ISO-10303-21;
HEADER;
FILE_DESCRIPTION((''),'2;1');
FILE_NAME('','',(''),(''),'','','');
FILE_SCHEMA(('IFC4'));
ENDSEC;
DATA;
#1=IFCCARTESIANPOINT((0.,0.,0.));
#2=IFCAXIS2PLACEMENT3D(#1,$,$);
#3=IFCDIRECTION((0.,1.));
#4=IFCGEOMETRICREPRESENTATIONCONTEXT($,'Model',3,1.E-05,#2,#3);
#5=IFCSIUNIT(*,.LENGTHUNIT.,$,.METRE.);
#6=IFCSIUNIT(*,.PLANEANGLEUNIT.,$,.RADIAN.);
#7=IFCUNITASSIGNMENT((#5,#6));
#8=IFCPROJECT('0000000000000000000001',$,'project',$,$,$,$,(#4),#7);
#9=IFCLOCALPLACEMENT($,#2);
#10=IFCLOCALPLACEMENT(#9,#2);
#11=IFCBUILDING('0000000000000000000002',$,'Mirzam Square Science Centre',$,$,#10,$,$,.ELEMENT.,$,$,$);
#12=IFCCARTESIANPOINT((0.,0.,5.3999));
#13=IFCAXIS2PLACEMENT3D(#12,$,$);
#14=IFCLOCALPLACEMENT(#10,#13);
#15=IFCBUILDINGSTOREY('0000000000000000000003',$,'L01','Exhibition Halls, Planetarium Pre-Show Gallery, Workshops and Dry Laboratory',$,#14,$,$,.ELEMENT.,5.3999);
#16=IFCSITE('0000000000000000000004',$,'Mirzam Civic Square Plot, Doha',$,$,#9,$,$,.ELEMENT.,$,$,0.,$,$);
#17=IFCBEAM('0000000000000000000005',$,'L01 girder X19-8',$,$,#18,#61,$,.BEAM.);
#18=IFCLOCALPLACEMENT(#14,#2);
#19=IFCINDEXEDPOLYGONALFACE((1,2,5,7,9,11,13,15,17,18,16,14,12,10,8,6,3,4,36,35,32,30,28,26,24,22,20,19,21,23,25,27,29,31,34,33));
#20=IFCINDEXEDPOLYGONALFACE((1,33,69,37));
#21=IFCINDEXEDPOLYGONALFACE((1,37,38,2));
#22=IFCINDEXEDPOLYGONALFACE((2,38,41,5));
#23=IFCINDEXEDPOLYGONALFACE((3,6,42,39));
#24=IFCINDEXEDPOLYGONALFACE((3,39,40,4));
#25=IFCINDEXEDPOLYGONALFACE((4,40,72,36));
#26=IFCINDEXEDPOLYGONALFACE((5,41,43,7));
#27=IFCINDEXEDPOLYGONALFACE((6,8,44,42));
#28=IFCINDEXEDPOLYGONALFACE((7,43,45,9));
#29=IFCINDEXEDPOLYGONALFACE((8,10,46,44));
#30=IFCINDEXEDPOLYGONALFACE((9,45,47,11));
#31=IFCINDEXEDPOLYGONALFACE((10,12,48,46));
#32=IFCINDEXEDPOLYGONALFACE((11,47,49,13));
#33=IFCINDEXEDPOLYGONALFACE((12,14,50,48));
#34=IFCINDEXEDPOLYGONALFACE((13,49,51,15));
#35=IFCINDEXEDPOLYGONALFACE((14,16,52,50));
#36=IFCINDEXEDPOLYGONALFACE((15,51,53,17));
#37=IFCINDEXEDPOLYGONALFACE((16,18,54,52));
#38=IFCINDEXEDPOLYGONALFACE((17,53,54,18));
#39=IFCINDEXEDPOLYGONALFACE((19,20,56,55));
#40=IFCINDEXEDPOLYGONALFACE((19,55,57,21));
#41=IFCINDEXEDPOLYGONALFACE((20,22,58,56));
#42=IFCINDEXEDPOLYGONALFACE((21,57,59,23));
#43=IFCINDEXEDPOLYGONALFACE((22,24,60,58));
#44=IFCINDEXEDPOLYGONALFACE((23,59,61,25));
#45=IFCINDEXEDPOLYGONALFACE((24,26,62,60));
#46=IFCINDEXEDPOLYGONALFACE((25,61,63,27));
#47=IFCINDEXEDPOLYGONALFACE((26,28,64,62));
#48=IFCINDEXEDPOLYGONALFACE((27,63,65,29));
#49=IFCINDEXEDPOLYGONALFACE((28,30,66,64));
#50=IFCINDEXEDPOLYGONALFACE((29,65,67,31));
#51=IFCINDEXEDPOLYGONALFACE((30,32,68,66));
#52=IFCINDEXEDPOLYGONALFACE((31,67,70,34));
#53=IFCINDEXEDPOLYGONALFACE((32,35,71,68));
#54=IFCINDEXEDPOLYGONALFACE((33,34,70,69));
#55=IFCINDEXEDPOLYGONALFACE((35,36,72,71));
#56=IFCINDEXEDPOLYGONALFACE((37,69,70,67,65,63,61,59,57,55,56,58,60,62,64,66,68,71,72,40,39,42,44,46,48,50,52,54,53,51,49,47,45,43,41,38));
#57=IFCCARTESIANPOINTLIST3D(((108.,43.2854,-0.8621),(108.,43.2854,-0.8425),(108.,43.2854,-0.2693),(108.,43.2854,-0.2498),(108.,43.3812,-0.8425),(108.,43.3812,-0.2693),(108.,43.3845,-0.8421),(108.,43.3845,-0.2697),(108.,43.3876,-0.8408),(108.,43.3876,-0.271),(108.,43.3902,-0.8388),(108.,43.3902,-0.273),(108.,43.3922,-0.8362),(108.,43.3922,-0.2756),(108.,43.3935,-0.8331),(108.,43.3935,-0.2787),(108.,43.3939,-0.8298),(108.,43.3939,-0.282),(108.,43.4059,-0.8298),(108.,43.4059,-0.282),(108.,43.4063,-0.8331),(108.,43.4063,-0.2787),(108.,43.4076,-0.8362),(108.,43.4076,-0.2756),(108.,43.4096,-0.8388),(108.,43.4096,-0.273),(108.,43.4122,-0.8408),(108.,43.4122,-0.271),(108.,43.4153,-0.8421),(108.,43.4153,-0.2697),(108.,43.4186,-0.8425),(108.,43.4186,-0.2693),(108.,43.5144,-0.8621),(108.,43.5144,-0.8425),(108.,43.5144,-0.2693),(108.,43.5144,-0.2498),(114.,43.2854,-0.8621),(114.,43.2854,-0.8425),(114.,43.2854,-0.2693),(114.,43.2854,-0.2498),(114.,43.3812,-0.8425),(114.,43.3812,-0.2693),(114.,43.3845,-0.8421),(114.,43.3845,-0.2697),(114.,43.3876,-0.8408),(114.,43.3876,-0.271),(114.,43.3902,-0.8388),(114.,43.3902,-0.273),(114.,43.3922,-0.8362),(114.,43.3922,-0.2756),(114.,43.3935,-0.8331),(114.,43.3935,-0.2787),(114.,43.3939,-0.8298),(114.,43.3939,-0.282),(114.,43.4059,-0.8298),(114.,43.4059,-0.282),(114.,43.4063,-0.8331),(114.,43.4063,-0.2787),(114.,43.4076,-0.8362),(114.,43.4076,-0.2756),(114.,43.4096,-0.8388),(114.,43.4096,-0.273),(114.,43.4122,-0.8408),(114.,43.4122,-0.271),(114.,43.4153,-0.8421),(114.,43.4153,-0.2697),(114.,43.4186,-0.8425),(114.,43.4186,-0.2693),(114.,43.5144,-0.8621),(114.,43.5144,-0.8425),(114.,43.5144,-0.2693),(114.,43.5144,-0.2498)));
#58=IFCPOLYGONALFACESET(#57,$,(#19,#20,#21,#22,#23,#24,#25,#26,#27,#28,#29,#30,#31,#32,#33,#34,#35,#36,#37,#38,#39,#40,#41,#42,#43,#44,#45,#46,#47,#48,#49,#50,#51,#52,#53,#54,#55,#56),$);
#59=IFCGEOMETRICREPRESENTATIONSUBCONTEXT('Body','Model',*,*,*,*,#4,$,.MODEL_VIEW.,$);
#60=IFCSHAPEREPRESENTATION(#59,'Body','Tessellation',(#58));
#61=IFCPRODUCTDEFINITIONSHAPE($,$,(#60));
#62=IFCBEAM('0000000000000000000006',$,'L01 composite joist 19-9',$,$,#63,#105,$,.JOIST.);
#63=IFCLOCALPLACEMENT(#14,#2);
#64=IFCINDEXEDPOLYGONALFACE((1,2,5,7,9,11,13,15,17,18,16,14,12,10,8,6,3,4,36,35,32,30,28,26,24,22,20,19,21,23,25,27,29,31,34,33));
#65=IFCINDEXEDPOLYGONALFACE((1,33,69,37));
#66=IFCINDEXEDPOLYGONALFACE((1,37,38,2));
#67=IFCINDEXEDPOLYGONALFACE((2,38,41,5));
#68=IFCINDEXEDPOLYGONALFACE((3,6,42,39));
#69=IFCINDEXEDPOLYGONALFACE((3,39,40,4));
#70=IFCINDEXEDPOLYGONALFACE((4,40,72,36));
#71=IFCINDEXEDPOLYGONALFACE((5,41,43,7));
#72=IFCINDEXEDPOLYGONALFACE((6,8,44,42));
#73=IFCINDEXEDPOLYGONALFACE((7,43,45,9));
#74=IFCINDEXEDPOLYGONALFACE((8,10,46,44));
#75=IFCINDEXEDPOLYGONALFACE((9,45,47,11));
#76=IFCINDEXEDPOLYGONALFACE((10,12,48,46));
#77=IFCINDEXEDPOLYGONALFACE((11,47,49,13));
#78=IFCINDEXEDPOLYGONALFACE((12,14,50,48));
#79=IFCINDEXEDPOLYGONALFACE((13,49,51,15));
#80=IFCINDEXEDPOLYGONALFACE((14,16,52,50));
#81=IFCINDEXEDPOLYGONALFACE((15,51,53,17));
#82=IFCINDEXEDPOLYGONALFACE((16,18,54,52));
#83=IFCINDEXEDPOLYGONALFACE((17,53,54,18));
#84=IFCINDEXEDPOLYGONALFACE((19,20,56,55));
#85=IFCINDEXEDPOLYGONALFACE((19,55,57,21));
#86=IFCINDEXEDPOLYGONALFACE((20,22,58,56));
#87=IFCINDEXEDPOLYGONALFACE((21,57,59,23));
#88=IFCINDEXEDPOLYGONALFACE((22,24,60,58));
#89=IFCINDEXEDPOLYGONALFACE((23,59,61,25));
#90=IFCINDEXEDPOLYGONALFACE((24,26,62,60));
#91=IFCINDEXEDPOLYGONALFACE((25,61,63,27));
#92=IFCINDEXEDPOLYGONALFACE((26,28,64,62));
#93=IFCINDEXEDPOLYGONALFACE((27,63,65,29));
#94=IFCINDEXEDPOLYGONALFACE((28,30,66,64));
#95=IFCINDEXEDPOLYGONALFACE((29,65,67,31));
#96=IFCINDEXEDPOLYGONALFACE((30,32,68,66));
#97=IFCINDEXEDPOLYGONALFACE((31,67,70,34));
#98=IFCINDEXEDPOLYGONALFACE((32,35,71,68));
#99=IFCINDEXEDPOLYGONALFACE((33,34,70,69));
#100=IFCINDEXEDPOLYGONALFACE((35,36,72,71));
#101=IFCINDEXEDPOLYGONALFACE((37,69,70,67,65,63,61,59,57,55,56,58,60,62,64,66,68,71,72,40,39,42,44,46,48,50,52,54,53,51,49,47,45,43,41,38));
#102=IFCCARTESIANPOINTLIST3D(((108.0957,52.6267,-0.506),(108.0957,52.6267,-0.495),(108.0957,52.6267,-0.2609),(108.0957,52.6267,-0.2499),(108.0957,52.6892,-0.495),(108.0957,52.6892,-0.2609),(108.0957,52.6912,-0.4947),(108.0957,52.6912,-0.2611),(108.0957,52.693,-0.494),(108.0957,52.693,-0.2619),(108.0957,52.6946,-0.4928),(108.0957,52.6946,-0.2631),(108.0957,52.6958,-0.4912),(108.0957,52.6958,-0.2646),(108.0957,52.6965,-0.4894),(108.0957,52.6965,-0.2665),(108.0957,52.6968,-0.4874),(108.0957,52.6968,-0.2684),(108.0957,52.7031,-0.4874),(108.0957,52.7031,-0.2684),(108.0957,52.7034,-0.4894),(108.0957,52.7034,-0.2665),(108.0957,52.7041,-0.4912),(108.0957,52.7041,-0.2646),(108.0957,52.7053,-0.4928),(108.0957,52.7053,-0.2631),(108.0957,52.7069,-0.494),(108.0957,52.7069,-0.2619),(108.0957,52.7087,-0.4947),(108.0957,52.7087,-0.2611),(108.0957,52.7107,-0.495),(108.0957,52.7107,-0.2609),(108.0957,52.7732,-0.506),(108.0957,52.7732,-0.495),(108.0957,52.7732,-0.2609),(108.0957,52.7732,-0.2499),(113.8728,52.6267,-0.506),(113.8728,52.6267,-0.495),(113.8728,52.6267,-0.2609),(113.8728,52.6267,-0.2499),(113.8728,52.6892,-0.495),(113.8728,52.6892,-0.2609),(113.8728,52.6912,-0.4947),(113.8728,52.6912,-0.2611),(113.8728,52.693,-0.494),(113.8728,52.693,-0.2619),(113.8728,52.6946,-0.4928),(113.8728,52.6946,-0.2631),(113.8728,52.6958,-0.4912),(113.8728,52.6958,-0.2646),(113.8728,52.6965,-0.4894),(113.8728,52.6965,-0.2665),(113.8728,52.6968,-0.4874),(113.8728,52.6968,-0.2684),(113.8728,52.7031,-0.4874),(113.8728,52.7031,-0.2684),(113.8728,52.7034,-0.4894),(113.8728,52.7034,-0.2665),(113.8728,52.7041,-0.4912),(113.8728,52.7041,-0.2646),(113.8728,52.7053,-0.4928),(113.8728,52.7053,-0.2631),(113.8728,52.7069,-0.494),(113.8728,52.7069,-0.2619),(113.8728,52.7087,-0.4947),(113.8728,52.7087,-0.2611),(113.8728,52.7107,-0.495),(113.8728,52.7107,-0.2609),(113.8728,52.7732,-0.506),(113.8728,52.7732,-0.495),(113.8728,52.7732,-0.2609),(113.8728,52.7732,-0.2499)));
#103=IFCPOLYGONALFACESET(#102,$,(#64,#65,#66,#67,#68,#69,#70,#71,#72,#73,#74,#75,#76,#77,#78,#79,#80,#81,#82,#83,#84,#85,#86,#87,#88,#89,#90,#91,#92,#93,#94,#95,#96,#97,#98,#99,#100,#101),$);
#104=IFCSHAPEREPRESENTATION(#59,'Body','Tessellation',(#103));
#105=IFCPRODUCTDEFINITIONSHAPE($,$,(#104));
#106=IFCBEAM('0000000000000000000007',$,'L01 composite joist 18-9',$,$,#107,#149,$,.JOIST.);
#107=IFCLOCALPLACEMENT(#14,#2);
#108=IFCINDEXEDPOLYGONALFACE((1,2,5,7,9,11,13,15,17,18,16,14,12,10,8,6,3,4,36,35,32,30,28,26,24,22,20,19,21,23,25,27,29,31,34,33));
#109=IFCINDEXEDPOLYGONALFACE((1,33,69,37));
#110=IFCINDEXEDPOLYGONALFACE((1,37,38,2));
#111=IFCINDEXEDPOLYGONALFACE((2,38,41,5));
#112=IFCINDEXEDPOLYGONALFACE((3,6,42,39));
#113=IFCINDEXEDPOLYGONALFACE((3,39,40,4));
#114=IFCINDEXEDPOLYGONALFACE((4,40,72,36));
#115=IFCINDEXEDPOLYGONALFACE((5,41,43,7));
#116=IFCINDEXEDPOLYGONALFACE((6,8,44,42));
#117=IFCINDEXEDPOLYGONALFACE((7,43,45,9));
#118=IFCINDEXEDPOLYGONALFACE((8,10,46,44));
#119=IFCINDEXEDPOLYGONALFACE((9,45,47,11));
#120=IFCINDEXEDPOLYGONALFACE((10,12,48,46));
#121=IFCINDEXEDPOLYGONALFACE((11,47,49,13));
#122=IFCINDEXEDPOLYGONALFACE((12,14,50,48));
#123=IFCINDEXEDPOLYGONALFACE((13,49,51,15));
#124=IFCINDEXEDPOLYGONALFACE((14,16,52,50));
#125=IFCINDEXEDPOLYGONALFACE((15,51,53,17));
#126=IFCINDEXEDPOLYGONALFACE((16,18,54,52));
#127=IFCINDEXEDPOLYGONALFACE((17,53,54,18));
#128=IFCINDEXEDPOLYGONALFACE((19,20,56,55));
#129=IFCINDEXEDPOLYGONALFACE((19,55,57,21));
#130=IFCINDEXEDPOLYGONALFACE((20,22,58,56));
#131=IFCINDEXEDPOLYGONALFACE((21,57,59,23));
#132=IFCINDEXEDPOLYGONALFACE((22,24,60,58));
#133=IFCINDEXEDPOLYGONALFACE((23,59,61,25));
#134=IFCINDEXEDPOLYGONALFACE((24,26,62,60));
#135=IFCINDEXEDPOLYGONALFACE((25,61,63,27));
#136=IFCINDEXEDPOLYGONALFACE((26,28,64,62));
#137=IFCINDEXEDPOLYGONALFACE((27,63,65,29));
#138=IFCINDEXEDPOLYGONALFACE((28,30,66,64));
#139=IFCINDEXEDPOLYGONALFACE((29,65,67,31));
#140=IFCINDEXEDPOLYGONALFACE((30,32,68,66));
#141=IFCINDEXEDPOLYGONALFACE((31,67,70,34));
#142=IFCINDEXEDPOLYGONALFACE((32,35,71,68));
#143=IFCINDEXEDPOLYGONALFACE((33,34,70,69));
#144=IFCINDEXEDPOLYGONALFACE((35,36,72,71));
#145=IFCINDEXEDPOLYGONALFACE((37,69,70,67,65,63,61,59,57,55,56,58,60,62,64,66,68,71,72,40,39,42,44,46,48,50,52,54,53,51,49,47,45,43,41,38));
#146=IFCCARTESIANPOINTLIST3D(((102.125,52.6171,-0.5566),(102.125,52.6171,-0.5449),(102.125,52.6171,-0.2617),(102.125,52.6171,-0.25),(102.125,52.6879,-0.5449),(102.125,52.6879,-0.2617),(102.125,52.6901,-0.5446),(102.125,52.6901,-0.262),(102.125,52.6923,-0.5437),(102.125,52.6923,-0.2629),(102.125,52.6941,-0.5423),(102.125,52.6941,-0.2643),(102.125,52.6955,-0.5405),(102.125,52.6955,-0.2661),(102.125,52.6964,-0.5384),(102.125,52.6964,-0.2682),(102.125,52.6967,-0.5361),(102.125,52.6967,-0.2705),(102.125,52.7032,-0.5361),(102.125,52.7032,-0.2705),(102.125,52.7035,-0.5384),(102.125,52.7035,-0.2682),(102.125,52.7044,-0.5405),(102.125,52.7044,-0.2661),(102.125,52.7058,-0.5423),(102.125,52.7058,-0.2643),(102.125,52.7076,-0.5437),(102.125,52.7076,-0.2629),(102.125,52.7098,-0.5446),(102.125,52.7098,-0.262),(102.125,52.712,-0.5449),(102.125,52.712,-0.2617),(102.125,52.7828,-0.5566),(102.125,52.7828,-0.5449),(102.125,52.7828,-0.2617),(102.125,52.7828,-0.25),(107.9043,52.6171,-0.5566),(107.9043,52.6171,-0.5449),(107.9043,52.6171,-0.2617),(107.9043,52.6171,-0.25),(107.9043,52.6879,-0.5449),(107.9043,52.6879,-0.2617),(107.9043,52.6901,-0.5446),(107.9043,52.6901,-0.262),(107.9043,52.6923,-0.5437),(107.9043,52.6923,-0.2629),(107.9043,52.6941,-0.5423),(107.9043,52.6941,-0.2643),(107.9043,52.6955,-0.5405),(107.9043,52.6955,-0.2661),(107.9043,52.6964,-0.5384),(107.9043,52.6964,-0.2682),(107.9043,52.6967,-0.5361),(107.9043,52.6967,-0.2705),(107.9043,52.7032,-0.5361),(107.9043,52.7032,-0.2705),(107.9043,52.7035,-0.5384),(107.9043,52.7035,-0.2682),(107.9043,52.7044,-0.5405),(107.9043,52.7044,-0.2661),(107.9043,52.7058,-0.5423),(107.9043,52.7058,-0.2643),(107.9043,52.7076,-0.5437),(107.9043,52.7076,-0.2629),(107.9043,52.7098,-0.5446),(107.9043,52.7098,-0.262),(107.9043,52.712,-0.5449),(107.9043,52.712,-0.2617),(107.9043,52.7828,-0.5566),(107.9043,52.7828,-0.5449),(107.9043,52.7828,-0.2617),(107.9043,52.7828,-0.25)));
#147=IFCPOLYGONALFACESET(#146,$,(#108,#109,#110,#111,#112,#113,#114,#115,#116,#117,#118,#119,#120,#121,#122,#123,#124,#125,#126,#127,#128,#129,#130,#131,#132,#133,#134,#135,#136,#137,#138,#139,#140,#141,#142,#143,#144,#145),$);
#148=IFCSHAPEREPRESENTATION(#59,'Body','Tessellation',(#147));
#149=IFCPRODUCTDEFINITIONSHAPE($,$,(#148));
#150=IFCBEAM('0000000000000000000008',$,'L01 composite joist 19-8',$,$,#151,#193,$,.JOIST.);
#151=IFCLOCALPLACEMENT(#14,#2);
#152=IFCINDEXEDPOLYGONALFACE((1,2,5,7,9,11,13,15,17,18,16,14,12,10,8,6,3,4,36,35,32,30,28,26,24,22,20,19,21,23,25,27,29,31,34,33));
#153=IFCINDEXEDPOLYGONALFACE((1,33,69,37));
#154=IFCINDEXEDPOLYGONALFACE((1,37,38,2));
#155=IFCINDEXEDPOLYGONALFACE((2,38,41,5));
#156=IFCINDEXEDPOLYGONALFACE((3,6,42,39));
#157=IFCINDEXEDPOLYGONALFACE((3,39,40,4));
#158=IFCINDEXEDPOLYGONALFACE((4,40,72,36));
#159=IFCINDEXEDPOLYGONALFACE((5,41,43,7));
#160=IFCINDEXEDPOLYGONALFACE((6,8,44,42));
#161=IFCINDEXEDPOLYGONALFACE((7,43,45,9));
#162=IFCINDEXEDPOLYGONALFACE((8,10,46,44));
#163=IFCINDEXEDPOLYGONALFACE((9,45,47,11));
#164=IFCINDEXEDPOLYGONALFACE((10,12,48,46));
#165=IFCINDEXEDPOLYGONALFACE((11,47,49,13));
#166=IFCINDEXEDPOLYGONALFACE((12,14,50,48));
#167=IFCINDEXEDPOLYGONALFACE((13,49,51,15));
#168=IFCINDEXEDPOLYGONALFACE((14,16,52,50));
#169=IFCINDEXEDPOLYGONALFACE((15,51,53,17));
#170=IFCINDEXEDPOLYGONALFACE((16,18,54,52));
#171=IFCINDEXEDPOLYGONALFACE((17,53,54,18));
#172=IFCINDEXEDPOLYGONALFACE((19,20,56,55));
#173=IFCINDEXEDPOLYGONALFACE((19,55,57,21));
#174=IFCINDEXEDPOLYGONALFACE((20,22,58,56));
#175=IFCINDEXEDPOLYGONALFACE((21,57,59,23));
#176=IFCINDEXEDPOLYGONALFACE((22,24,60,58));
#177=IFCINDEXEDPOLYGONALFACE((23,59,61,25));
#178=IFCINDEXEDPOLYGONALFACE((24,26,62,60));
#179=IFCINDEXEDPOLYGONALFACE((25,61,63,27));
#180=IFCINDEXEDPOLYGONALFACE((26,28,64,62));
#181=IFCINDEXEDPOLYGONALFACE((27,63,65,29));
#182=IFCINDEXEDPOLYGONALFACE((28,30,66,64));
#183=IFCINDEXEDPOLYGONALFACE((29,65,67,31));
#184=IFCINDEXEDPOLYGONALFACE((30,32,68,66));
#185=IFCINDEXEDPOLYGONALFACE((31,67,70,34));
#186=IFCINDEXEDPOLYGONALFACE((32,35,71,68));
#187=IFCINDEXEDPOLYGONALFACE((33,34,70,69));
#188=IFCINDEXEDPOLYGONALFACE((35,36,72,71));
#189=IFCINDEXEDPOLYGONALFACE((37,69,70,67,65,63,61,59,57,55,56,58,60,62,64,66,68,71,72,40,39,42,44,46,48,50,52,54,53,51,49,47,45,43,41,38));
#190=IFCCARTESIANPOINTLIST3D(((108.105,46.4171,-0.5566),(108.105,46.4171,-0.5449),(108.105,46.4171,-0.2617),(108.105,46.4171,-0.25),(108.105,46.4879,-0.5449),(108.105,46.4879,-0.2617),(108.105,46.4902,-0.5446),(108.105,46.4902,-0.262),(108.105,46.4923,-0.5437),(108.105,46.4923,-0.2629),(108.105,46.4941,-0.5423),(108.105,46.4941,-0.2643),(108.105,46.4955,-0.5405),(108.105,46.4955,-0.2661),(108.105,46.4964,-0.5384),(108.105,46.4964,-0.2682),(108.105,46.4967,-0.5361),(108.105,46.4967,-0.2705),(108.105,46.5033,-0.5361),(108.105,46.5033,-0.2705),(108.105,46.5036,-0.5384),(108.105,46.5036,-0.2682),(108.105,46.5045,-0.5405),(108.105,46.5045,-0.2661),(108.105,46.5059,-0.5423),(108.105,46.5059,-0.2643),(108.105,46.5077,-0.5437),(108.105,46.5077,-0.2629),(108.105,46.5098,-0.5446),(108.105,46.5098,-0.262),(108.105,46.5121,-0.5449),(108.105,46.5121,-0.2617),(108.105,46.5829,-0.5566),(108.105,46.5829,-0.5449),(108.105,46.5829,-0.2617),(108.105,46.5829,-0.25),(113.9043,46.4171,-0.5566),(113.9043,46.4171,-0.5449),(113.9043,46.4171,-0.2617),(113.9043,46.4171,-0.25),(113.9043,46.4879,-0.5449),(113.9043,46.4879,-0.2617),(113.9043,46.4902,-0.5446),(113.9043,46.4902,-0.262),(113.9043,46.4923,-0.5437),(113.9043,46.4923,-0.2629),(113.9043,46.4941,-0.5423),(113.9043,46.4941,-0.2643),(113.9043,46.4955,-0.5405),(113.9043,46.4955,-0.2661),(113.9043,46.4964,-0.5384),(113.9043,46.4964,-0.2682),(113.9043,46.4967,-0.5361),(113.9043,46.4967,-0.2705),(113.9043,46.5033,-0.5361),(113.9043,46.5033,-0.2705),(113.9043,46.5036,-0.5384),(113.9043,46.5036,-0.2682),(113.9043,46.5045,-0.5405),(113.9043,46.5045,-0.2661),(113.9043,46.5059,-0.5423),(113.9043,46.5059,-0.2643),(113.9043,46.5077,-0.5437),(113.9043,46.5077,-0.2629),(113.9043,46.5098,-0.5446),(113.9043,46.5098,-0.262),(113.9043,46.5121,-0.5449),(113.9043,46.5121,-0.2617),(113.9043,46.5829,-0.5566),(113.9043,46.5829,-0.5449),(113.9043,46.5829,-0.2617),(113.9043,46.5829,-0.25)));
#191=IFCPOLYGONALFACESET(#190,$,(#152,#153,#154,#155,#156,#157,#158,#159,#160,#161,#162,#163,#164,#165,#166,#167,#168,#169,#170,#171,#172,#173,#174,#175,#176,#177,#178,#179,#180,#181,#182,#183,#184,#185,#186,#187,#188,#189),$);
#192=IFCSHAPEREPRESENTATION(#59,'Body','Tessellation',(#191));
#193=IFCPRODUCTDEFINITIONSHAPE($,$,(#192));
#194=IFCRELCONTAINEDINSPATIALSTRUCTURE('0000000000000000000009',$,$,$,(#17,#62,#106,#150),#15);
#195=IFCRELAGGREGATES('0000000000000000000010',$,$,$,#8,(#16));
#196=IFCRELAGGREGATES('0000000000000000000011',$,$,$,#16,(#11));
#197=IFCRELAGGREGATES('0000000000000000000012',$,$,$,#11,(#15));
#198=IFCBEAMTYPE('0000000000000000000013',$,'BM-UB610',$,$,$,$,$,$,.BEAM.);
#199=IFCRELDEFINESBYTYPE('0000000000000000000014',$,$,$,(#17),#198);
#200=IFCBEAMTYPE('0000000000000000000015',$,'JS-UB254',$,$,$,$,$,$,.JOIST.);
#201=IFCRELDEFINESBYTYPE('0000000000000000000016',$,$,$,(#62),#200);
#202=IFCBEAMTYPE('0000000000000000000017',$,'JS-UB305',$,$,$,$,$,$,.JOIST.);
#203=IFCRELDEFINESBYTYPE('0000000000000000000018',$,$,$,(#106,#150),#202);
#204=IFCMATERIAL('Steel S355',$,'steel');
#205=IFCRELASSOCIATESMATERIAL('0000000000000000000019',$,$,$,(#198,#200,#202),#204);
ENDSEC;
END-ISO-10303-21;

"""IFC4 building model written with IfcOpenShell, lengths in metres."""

from ifc_helpers import new_model, si_unit, direction, frame, origin, origin_2d, place, context, subcontext, project, spatial, i_section, extrude, material, material_profile, profile_set, type_object, element, save


model = new_model("IFC4")

# Units and contexts
model_context = context("Model", 3, precision=1e-05, world=origin(), true_north=direction((0.0, 1.0)))
body_context = subcontext(model_context, "Body", "Model", "MODEL_VIEW")
ifc_project = project(units=[si_unit("LENGTHUNIT", "METRE"), si_unit("PLANEANGLEUNIT", "RADIAN")], contexts=[model_context])

# Site, building, storey
site_placement = place(None, origin())
site = spatial("IfcSite", under=ifc_project, at=site_placement, Name="Mirzam Civic Square Plot, Doha", CompositionType="ELEMENT", RefElevation=0.0)
building_placement = place(site_placement, origin())
building = spatial("IfcBuilding", under=site, at=building_placement, Name="Mirzam Square Science Centre", CompositionType="ELEMENT")
storey_placement = place(building_placement, frame((0.0, 0.0, 5.3999)))
storey = spatial("IfcBuildingStorey", under=building, at=storey_placement, Name="L01", Description="Exhibition Halls, Planetarium Pre-Show Gallery, Workshops and Dry Laboratory", CompositionType="ELEMENT", Elevation=5.3999)

# Shared definitions
ifc_material_1 = material(Name="Steel S355", Category="steel")

# Beams
ifc_material_profile_1 = material_profile(ifc_material_1, i_section(OverallWidth=0.229, OverallDepth=0.6123, WebThickness=0.012, FlangeThickness=0.0195, FilletRadius=0.0127, at=origin_2d()), Name="610x229x125UB")
ifc_profile_set_1 = profile_set([ifc_material_profile_1], Name="Steel S355")
beam_type_1 = type_object("IfcBeamType", Name="BM-UB610", PredefinedType="BEAM", material=ifc_profile_set_1)
beam_1_placement = place(storey_placement, frame((108.0, 43.3999, -0.5559), z_axis=(1.0, 0.0, 0.0), x_axis=(0.0, 1.0, 0.0)))
element("IfcBeam", 1, at=beam_1_placement, inside=storey, type_object=beam_type_1, Name="L01 girder X19-8", PredefinedType="BEAM", context=body_context, shape_type="SweptSolid", body=[
    extrude(i_section(OverallWidth=0.229, OverallDepth=0.6123, WebThickness=0.012, FlangeThickness=0.0195, FilletRadius=0.0127, at=origin_2d()), origin(), (0.0, 0.0, 1.0), 6.0),
])
ifc_material_profile_2 = material_profile(ifc_material_1, i_section(OverallWidth=0.1465, OverallDepth=0.2561, WebThickness=0.0063, FlangeThickness=0.011, FilletRadius=0.0076, at=origin_2d()), Name="254x146x37UB")
ifc_profile_set_2 = profile_set([ifc_material_profile_2], Name="Steel S355")
beam_type_2 = type_object("IfcBeamType", Name="JS-UB254", PredefinedType="JOIST", material=ifc_profile_set_2)
beam_2_placement = place(storey_placement, frame((108.0957, 52.7, -0.3779), z_axis=(1.0, 0.0, 0.0), x_axis=(0.0, 1.0, 0.0)))
element("IfcBeam", 2, at=beam_2_placement, inside=storey, type_object=beam_type_2, Name="L01 composite joist 19-9", PredefinedType="JOIST", context=body_context, shape_type="SweptSolid", body=[
    extrude(i_section(OverallWidth=0.1465, OverallDepth=0.2561, WebThickness=0.0063, FlangeThickness=0.011, FilletRadius=0.0076, at=origin_2d()), origin(), (0.0, 0.0, 1.0), 5.7771),
])
ifc_material_profile_3 = material_profile(ifc_material_1, i_section(OverallWidth=0.1658, OverallDepth=0.3066, WebThickness=0.0066, FlangeThickness=0.0117, FilletRadius=0.0088, at=origin_2d()), Name="305x165x46UB")
ifc_profile_set_3 = profile_set([ifc_material_profile_3], Name="Steel S355")
beam_type_3 = type_object("IfcBeamType", Name="JS-UB305", PredefinedType="JOIST", material=ifc_profile_set_3)
beam_3_placement = place(storey_placement, frame((102.125, 52.7, -0.4033), z_axis=(1.0, 0.0, 0.0), x_axis=(0.0, 1.0, 0.0)))
element("IfcBeam", 3, at=beam_3_placement, inside=storey, type_object=beam_type_3, Name="L01 composite joist 18-9", PredefinedType="JOIST", context=body_context, shape_type="SweptSolid", body=[
    extrude(i_section(OverallWidth=0.1658, OverallDepth=0.3066, WebThickness=0.0066, FlangeThickness=0.0117, FilletRadius=0.0088, at=origin_2d()), origin(), (0.0, 0.0, 1.0), 5.7793),
])
beam_4_placement = place(storey_placement, frame((108.105, 46.5, -0.4033), z_axis=(1.0, 0.0, 0.0), x_axis=(0.0, 1.0, 0.0)))
element("IfcBeam", 4, at=beam_4_placement, inside=storey, type_object=beam_type_3, Name="L01 composite joist 19-8", PredefinedType="JOIST", context=body_context, shape_type="SweptSolid", body=[
    extrude(i_section(OverallWidth=0.1658, OverallDepth=0.3066, WebThickness=0.0066, FlangeThickness=0.0117, FilletRadius=0.0088, at=origin_2d()), origin(), (0.0, 0.0, 1.0), 5.7993),
])

save(model, "model.ifc")
